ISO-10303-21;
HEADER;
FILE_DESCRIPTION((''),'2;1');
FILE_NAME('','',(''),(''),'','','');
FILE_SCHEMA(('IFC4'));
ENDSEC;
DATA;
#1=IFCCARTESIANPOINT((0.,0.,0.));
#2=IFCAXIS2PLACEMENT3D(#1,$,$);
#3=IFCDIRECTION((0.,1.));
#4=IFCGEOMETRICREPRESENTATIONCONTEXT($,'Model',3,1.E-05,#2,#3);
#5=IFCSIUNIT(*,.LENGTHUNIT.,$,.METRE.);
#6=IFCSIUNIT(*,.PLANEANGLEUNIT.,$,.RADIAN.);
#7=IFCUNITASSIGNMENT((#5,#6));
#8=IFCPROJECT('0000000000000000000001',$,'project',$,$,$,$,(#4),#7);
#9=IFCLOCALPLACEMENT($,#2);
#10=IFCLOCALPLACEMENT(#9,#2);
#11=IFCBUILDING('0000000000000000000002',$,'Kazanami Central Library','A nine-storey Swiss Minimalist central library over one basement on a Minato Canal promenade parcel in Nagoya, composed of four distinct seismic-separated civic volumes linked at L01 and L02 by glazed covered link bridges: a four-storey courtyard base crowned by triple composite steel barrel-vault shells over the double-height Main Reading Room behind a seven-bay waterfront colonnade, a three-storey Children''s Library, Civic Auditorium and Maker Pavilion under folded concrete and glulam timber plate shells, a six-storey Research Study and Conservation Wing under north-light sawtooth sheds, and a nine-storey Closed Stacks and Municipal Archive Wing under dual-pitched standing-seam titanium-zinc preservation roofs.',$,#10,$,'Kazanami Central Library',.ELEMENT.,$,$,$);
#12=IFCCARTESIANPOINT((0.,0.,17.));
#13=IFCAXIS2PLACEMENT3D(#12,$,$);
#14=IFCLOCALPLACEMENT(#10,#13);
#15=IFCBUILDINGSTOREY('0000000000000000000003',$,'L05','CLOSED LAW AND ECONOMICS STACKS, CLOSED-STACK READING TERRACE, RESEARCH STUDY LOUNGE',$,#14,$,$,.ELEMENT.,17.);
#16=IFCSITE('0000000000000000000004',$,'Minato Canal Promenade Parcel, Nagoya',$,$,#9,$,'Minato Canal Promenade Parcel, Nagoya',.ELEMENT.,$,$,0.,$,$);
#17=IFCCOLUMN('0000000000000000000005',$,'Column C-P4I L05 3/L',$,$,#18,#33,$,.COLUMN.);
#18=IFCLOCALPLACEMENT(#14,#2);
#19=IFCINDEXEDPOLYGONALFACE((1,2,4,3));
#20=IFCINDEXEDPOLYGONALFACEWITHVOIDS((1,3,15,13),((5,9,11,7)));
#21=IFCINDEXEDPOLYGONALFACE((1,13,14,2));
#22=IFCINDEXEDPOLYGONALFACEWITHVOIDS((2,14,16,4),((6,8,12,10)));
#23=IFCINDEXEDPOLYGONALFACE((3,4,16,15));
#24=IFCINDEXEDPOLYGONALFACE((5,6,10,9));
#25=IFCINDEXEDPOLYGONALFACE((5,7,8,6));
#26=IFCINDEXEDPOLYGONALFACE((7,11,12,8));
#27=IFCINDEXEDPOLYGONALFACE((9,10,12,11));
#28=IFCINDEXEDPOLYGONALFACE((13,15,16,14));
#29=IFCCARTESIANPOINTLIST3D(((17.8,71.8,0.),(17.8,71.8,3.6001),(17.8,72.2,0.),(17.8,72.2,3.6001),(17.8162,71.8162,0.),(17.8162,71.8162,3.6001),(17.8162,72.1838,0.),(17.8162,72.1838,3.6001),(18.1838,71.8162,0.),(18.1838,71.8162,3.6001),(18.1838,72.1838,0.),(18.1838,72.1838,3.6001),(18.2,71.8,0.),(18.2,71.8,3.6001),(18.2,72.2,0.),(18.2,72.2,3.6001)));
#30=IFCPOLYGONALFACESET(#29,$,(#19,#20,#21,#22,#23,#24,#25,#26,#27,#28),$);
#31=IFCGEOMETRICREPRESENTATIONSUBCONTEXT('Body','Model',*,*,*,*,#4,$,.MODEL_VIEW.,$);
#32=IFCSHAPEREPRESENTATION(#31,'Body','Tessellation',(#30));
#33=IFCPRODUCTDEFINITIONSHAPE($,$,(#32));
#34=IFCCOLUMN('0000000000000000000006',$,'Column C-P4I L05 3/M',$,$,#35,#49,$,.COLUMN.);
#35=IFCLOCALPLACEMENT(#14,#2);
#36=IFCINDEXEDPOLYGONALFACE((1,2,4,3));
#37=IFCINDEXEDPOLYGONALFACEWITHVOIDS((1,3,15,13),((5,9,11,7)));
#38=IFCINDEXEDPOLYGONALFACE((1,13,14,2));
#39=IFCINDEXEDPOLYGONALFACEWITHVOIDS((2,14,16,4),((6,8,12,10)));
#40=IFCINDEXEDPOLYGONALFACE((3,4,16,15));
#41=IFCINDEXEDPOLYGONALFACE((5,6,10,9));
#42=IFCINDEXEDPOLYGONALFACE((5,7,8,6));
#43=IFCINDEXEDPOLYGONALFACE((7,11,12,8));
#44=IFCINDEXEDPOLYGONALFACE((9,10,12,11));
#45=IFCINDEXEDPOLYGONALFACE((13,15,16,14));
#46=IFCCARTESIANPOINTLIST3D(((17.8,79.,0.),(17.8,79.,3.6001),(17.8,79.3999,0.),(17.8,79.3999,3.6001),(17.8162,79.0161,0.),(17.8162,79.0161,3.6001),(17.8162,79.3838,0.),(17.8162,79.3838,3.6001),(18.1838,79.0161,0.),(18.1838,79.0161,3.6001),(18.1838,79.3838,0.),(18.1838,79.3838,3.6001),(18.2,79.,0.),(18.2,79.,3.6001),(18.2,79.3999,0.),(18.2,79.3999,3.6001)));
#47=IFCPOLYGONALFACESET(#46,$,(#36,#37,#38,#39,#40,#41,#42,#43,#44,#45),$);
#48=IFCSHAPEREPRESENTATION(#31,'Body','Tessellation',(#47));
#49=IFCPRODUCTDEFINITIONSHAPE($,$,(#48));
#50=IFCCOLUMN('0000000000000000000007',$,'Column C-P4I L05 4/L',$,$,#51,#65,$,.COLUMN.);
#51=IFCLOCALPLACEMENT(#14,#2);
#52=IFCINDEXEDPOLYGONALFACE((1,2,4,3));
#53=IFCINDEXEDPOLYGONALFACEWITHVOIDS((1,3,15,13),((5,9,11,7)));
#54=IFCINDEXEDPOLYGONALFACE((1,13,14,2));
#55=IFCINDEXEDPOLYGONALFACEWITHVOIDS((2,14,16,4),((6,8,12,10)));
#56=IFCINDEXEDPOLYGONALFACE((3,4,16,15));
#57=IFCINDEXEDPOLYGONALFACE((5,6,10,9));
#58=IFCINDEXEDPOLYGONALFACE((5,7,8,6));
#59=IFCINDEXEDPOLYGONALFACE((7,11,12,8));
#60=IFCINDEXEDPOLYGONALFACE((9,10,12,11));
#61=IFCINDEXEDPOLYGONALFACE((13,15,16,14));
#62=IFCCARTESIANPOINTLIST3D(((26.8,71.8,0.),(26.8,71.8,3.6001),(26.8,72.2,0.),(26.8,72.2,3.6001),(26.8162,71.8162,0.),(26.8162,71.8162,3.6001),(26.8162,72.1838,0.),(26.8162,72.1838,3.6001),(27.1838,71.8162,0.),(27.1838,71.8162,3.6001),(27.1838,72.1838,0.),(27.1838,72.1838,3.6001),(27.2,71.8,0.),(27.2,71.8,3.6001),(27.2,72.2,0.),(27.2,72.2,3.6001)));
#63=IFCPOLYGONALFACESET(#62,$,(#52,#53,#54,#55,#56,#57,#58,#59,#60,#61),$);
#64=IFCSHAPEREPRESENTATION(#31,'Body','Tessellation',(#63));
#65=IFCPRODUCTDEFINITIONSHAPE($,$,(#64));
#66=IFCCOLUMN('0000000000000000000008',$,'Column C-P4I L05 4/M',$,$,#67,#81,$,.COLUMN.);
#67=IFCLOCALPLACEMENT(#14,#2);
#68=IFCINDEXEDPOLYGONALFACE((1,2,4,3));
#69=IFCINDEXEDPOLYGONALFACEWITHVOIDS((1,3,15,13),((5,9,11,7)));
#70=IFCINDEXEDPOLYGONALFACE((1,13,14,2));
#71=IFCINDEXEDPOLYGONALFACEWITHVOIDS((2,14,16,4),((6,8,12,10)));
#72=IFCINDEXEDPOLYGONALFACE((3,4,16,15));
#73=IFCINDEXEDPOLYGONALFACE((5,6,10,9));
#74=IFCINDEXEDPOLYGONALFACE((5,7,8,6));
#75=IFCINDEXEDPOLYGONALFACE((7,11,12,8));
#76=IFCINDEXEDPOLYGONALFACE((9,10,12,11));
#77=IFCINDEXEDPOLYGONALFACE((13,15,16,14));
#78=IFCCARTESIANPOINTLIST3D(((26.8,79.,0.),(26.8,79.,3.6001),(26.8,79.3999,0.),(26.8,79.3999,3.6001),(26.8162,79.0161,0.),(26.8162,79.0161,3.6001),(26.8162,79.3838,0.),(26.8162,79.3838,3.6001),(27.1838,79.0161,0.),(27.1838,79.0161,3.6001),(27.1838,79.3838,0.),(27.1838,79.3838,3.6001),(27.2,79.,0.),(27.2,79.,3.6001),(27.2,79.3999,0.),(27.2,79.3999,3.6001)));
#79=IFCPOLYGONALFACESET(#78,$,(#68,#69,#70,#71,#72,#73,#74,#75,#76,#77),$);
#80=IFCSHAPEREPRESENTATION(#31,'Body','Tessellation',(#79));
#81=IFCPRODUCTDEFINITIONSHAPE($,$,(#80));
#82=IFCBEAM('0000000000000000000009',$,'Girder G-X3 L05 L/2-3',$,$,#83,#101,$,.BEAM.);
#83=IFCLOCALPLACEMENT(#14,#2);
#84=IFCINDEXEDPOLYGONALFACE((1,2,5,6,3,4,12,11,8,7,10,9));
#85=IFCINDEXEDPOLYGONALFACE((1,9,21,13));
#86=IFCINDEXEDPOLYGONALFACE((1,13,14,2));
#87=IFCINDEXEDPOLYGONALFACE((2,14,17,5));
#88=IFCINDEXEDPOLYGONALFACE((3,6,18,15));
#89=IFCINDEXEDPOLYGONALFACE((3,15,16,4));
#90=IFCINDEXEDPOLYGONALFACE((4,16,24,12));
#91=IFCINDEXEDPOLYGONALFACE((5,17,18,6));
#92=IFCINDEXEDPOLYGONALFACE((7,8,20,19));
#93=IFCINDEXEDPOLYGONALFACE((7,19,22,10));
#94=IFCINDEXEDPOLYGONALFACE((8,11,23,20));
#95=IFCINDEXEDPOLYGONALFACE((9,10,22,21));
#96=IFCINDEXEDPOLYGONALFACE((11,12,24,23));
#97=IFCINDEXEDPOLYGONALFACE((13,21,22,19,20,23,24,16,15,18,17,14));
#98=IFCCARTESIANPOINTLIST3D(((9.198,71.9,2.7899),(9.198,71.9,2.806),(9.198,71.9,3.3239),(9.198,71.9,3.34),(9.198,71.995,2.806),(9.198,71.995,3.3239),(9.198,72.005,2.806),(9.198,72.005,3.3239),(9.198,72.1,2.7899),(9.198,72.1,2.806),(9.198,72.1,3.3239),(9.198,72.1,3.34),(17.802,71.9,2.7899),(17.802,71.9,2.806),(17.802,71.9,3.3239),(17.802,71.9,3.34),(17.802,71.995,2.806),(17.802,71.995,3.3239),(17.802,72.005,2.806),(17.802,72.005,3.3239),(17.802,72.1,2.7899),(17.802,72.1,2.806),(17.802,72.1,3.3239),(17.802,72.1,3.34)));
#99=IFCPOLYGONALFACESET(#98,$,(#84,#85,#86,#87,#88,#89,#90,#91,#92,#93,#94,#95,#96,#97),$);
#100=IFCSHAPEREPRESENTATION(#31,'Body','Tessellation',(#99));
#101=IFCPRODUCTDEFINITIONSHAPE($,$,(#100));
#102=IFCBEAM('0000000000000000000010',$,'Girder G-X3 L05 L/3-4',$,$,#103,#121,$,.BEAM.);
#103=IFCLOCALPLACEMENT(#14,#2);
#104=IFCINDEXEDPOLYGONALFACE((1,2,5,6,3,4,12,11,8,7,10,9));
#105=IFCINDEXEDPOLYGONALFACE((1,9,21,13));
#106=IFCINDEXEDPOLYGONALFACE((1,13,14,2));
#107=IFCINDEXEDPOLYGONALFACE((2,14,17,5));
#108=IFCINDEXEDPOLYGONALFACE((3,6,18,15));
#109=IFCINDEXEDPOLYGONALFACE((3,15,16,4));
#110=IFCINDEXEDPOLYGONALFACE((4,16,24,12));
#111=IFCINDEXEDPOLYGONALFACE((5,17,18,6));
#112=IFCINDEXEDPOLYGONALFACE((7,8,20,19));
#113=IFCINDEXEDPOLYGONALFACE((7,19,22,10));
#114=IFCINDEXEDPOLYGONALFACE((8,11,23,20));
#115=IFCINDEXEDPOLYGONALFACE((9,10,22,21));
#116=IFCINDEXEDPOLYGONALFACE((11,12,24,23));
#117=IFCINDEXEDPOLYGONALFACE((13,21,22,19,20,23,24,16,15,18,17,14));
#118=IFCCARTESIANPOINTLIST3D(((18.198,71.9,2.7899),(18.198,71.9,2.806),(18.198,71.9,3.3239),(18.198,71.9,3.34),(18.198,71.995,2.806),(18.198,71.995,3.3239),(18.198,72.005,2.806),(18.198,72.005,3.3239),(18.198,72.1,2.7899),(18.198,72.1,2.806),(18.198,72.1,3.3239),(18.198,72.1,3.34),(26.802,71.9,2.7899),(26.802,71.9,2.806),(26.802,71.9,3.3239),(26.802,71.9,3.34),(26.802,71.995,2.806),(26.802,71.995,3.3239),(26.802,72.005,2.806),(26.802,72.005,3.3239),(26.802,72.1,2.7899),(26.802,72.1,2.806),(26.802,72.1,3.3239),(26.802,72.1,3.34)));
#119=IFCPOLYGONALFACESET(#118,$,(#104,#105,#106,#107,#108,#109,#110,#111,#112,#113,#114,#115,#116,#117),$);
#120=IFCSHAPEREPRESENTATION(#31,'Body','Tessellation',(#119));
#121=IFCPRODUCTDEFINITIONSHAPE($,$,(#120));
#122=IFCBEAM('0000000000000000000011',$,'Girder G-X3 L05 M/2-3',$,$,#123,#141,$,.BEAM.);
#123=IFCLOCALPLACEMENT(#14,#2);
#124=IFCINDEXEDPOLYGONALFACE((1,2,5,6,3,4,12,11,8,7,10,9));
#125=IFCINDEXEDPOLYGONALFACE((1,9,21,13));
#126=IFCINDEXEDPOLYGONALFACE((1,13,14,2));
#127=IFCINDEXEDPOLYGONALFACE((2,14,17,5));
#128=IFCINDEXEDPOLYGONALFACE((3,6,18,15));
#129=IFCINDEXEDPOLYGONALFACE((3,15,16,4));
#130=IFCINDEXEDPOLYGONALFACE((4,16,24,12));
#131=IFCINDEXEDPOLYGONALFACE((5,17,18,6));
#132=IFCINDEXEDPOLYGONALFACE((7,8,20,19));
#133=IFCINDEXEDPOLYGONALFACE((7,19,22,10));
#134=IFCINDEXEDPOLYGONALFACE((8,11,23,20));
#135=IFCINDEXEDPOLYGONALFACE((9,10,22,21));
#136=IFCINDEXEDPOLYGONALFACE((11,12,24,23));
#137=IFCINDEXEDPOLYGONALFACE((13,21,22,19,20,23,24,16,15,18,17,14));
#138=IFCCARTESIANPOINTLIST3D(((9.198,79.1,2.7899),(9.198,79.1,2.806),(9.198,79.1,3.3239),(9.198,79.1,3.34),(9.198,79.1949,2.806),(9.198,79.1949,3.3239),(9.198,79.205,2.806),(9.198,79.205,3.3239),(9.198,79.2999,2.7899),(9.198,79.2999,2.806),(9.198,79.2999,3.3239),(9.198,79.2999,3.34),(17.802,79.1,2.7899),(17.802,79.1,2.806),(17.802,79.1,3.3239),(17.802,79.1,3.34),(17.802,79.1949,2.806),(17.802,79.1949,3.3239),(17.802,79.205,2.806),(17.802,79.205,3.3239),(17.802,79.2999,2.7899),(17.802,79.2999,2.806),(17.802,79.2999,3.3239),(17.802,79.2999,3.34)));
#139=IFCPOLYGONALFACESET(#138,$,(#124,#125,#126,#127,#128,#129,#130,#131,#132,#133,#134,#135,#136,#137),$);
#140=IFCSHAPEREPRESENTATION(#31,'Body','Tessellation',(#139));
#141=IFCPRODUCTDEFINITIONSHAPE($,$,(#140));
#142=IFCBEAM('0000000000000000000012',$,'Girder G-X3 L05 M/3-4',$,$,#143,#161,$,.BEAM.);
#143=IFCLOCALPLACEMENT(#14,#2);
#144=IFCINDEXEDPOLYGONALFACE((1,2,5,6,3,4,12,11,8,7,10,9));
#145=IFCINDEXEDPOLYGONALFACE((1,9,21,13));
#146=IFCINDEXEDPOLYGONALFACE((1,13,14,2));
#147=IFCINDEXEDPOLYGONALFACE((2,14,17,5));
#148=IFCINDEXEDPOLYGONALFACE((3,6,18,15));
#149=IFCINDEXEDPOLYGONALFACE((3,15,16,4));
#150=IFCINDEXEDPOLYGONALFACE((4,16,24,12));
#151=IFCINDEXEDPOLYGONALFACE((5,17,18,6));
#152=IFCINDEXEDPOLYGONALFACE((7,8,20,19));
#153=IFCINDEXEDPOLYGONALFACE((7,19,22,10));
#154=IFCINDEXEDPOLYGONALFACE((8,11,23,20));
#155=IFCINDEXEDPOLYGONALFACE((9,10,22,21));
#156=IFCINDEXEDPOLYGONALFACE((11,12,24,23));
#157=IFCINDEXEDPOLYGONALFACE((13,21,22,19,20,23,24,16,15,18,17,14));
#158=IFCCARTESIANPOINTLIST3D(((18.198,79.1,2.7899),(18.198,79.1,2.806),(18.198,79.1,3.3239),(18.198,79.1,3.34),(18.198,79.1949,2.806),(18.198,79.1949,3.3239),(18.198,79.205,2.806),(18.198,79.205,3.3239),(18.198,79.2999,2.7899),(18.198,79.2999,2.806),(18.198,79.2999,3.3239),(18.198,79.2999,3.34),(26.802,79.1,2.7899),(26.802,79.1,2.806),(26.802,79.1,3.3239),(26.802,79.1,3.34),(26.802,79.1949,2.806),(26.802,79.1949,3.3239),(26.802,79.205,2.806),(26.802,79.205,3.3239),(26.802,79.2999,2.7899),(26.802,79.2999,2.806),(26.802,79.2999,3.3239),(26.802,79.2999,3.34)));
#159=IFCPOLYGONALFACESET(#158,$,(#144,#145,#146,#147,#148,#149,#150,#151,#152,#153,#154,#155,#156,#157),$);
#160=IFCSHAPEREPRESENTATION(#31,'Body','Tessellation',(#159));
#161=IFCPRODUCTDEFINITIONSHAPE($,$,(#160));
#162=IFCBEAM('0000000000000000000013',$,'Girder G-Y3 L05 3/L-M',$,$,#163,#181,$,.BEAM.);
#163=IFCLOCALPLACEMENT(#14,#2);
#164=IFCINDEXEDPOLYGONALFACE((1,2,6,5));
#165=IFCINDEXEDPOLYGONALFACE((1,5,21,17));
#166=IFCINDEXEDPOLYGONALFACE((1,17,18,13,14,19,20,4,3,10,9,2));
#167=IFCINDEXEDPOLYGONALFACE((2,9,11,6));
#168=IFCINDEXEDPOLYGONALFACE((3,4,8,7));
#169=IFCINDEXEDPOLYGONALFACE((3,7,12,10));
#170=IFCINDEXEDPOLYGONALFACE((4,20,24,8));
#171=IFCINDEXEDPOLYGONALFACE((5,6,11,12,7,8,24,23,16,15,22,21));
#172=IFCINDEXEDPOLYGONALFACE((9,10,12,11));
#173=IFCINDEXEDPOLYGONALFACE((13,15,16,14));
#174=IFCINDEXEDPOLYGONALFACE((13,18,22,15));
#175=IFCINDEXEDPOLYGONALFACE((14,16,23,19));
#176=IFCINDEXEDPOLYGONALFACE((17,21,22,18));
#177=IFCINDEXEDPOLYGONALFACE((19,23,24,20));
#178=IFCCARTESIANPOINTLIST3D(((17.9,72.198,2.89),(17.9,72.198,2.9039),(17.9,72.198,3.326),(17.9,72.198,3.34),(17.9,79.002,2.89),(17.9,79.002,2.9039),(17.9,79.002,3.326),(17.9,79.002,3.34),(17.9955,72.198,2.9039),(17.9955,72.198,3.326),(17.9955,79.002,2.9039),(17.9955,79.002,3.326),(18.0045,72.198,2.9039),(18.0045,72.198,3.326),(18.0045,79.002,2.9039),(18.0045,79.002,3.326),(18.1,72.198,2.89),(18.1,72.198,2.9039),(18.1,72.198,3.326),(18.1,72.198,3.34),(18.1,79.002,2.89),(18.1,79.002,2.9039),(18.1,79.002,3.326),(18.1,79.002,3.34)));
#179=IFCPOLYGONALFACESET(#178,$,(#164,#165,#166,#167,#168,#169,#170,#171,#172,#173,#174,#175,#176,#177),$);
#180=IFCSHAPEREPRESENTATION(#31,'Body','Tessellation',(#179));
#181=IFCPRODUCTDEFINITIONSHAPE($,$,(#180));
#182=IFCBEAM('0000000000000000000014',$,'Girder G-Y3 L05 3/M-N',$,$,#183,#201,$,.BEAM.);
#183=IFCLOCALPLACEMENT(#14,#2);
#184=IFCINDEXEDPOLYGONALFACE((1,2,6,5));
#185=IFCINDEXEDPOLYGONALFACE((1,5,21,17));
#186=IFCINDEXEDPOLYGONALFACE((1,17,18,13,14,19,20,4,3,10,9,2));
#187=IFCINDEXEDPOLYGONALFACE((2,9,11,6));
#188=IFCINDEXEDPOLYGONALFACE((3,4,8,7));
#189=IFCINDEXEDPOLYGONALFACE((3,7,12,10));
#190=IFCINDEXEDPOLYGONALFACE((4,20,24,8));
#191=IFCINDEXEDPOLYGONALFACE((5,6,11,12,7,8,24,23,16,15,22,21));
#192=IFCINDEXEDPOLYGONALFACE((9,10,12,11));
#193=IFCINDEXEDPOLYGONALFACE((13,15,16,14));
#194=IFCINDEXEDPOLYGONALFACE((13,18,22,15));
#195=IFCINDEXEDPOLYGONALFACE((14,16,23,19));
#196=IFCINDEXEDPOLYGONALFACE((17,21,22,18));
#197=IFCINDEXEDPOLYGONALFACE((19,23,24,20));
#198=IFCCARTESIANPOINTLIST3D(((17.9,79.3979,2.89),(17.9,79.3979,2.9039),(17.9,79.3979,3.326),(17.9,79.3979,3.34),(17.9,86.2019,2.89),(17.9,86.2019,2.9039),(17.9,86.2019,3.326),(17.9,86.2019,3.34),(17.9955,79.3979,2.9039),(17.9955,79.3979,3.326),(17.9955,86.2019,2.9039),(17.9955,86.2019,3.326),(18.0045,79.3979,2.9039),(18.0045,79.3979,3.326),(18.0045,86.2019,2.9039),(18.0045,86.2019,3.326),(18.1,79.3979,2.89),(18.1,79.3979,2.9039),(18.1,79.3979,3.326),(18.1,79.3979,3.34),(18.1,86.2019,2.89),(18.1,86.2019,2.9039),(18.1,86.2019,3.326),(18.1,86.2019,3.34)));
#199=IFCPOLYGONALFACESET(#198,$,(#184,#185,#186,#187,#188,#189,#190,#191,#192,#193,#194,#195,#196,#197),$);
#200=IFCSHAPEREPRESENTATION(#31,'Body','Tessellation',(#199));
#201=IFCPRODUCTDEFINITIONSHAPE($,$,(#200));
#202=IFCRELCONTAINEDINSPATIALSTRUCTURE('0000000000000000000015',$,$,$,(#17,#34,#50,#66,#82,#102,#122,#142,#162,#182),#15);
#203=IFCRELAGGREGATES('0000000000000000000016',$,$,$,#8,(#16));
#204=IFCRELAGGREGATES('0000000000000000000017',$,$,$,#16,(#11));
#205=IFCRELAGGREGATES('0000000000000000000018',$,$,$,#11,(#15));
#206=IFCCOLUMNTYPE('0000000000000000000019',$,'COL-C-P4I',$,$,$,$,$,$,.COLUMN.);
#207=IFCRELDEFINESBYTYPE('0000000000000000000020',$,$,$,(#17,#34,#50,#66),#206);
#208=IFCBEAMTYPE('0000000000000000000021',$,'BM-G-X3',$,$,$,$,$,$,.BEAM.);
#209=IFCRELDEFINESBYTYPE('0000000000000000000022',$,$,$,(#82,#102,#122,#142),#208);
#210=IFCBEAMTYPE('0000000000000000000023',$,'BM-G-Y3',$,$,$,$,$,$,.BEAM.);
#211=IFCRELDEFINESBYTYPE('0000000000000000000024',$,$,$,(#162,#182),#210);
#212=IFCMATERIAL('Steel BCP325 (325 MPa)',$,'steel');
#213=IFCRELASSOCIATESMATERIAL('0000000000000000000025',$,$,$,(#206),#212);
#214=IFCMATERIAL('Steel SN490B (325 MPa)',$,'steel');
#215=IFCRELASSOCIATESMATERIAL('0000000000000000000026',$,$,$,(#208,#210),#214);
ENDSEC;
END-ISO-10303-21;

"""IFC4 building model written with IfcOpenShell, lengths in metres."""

from ifc_helpers import new_model, si_unit, direction, frame, origin, origin_2d, place, context, subcontext, project, spatial, hollow_rectangle, i_section, extrude, material, material_profile, profile_set, type_object, element, save


model = new_model("IFC4")

# Units and contexts
model_context = context("Model", 3, precision=1e-05, world=origin(), true_north=direction((0.0, 1.0)))
body_context = subcontext(model_context, "Body", "Model", "MODEL_VIEW")
ifc_project = project(units=[si_unit("LENGTHUNIT", "METRE"), si_unit("PLANEANGLEUNIT", "RADIAN")], contexts=[model_context])

# Site, building, storey
site_placement = place(None, origin())
site = spatial("IfcSite", under=ifc_project, at=site_placement, Name="Minato Canal Promenade Parcel, Nagoya", LongName="Minato Canal Promenade Parcel, Nagoya", CompositionType="ELEMENT", RefElevation=0.0)
building_placement = place(site_placement, origin())
building = spatial("IfcBuilding", under=site, at=building_placement, Name="Kazanami Central Library", Description="A nine-storey Swiss Minimalist central library over one basement on a Minato Canal promenade parcel in Nagoya, composed of four distinct seismic-separated civic volumes linked at L01 and L02 by glazed covered link bridges: a four-storey courtyard base crowned by triple composite steel barrel-vault shells over the double-height Main Reading Room behind a seven-bay waterfront colonnade, a three-storey Children's Library, Civic Auditorium and Maker Pavilion under folded concrete and glulam timber plate shells, a six-storey Research Study and Conservation Wing under north-light sawtooth sheds, and a nine-storey Closed Stacks and Municipal Archive Wing under dual-pitched standing-seam titanium-zinc preservation roofs.", LongName="Kazanami Central Library", CompositionType="ELEMENT")
storey_placement = place(building_placement, frame((0.0, 0.0, 17.0)))
storey = spatial("IfcBuildingStorey", under=building, at=storey_placement, Name="L05", Description="CLOSED LAW AND ECONOMICS STACKS, CLOSED-STACK READING TERRACE, RESEARCH STUDY LOUNGE", CompositionType="ELEMENT", Elevation=17.0)

# Columns
ifc_material_1 = material(Name="Steel BCP325 (325 MPa)", Category="steel")
ifc_material_profile_1 = material_profile(ifc_material_1, hollow_rectangle(XDim=0.3999, YDim=0.3999, WallThickness=0.0161, at=origin_2d()), Name="BCP-400x400x16")
ifc_profile_set_1 = profile_set([ifc_material_profile_1], Name="Steel BCP325 (325 MPa)")
column_type = type_object("IfcColumnType", Name="COL-C-P4I", PredefinedType="COLUMN", material=ifc_profile_set_1)
for number, where, z_axis, x_axis, name in (
    (1, (18.0, 72.0, 0.0), (0.0, 0.0, 1.0), (1.0, 0.0, 0.0), "Column C-P4I L05 3/L"),
    (2, (18.0, 79.2, 0.0), (0.0, 0.0, 1.0), (1.0, 0.0, 0.0), "Column C-P4I L05 3/M"),
    (3, (27.0, 72.0, 0.0), (0.0, 0.0, 1.0), (1.0, 0.0, 0.0), "Column C-P4I L05 4/L"),
    (4, (27.0, 79.2, 0.0), (0.0, 0.0, 1.0), (1.0, 0.0, 0.0), "Column C-P4I L05 4/M"),
):
    element("IfcColumn", number, at=place(storey_placement, frame(where, z_axis=z_axis, x_axis=x_axis)), inside=storey, type_object=column_type, Name=name, PredefinedType="COLUMN", context=body_context, shape_type="SweptSolid", body=[
        extrude(hollow_rectangle(XDim=0.3999, YDim=0.3999, WallThickness=0.0161, at=origin_2d()), origin(), (0.0, 0.0, 1.0), 3.6001),
    ])

# Beams
ifc_material_2 = material(Name="Steel SN490B (325 MPa)", Category="steel")
ifc_material_profile_2 = material_profile(ifc_material_2, i_section(OverallWidth=0.2, OverallDepth=0.55, WebThickness=0.01, FlangeThickness=0.0161, at=origin_2d()), Name="H-550x200x10x16")
ifc_profile_set_2 = profile_set([ifc_material_profile_2], Name="Steel SN490B (325 MPa)")
beam_type_1 = type_object("IfcBeamType", Name="BM-G-X3", PredefinedType="BEAM", material=ifc_profile_set_2)
for number, where, z_axis, x_axis, name in (
    (5, (9.198, 72.0, 3.0649), (1.0, 0.0, 0.0), (0.0, 1.0, 0.0), "Girder G-X3 L05 L/2-3"),
    (6, (18.198, 72.0, 3.0649), (1.0, 0.0, 0.0), (0.0, 1.0, 0.0), "Girder G-X3 L05 L/3-4"),
    (7, (9.198, 79.2, 3.0649), (1.0, 0.0, 0.0), (0.0, 1.0, 0.0), "Girder G-X3 L05 M/2-3"),
    (8, (18.198, 79.2, 3.0649), (1.0, 0.0, 0.0), (0.0, 1.0, 0.0), "Girder G-X3 L05 M/3-4"),
):
    element("IfcBeam", number, at=place(storey_placement, frame(where, z_axis=z_axis, x_axis=x_axis)), inside=storey, type_object=beam_type_1, Name=name, PredefinedType="BEAM", context=body_context, shape_type="SweptSolid", body=[
        extrude(i_section(OverallWidth=0.2, OverallDepth=0.55, WebThickness=0.01, FlangeThickness=0.0161, at=origin_2d()), origin(), (0.0, 0.0, 1.0), 8.604),
    ])
ifc_material_profile_3 = material_profile(ifc_material_2, i_section(OverallWidth=0.2, OverallDepth=0.45, WebThickness=0.009, FlangeThickness=0.0139, at=origin_2d()), Name="H-450x200x9x14")
ifc_profile_set_3 = profile_set([ifc_material_profile_3], Name="Steel SN490B (325 MPa)")
beam_type_2 = type_object("IfcBeamType", Name="BM-G-Y3", PredefinedType="BEAM", material=ifc_profile_set_3)
for number, where, z_axis, x_axis, name in (
    (9, (18.0, 72.198, 3.115), (0.0, 1.0, 0.0), (-1.0, 0.0, 0.0), "Girder G-Y3 L05 3/L-M"),
    (10, (18.0, 79.3979, 3.115), (0.0, 1.0, 0.0), (-1.0, 0.0, 0.0), "Girder G-Y3 L05 3/M-N"),
):
    element("IfcBeam", number, at=place(storey_placement, frame(where, z_axis=z_axis, x_axis=x_axis)), inside=storey, type_object=beam_type_2, Name=name, PredefinedType="BEAM", context=body_context, shape_type="SweptSolid", body=[
        extrude(i_section(OverallWidth=0.2, OverallDepth=0.45, WebThickness=0.009, FlangeThickness=0.0139, at=origin_2d()), origin(), (0.0, 0.0, 1.0), 6.804),
    ])

save(model, "model.ifc")
